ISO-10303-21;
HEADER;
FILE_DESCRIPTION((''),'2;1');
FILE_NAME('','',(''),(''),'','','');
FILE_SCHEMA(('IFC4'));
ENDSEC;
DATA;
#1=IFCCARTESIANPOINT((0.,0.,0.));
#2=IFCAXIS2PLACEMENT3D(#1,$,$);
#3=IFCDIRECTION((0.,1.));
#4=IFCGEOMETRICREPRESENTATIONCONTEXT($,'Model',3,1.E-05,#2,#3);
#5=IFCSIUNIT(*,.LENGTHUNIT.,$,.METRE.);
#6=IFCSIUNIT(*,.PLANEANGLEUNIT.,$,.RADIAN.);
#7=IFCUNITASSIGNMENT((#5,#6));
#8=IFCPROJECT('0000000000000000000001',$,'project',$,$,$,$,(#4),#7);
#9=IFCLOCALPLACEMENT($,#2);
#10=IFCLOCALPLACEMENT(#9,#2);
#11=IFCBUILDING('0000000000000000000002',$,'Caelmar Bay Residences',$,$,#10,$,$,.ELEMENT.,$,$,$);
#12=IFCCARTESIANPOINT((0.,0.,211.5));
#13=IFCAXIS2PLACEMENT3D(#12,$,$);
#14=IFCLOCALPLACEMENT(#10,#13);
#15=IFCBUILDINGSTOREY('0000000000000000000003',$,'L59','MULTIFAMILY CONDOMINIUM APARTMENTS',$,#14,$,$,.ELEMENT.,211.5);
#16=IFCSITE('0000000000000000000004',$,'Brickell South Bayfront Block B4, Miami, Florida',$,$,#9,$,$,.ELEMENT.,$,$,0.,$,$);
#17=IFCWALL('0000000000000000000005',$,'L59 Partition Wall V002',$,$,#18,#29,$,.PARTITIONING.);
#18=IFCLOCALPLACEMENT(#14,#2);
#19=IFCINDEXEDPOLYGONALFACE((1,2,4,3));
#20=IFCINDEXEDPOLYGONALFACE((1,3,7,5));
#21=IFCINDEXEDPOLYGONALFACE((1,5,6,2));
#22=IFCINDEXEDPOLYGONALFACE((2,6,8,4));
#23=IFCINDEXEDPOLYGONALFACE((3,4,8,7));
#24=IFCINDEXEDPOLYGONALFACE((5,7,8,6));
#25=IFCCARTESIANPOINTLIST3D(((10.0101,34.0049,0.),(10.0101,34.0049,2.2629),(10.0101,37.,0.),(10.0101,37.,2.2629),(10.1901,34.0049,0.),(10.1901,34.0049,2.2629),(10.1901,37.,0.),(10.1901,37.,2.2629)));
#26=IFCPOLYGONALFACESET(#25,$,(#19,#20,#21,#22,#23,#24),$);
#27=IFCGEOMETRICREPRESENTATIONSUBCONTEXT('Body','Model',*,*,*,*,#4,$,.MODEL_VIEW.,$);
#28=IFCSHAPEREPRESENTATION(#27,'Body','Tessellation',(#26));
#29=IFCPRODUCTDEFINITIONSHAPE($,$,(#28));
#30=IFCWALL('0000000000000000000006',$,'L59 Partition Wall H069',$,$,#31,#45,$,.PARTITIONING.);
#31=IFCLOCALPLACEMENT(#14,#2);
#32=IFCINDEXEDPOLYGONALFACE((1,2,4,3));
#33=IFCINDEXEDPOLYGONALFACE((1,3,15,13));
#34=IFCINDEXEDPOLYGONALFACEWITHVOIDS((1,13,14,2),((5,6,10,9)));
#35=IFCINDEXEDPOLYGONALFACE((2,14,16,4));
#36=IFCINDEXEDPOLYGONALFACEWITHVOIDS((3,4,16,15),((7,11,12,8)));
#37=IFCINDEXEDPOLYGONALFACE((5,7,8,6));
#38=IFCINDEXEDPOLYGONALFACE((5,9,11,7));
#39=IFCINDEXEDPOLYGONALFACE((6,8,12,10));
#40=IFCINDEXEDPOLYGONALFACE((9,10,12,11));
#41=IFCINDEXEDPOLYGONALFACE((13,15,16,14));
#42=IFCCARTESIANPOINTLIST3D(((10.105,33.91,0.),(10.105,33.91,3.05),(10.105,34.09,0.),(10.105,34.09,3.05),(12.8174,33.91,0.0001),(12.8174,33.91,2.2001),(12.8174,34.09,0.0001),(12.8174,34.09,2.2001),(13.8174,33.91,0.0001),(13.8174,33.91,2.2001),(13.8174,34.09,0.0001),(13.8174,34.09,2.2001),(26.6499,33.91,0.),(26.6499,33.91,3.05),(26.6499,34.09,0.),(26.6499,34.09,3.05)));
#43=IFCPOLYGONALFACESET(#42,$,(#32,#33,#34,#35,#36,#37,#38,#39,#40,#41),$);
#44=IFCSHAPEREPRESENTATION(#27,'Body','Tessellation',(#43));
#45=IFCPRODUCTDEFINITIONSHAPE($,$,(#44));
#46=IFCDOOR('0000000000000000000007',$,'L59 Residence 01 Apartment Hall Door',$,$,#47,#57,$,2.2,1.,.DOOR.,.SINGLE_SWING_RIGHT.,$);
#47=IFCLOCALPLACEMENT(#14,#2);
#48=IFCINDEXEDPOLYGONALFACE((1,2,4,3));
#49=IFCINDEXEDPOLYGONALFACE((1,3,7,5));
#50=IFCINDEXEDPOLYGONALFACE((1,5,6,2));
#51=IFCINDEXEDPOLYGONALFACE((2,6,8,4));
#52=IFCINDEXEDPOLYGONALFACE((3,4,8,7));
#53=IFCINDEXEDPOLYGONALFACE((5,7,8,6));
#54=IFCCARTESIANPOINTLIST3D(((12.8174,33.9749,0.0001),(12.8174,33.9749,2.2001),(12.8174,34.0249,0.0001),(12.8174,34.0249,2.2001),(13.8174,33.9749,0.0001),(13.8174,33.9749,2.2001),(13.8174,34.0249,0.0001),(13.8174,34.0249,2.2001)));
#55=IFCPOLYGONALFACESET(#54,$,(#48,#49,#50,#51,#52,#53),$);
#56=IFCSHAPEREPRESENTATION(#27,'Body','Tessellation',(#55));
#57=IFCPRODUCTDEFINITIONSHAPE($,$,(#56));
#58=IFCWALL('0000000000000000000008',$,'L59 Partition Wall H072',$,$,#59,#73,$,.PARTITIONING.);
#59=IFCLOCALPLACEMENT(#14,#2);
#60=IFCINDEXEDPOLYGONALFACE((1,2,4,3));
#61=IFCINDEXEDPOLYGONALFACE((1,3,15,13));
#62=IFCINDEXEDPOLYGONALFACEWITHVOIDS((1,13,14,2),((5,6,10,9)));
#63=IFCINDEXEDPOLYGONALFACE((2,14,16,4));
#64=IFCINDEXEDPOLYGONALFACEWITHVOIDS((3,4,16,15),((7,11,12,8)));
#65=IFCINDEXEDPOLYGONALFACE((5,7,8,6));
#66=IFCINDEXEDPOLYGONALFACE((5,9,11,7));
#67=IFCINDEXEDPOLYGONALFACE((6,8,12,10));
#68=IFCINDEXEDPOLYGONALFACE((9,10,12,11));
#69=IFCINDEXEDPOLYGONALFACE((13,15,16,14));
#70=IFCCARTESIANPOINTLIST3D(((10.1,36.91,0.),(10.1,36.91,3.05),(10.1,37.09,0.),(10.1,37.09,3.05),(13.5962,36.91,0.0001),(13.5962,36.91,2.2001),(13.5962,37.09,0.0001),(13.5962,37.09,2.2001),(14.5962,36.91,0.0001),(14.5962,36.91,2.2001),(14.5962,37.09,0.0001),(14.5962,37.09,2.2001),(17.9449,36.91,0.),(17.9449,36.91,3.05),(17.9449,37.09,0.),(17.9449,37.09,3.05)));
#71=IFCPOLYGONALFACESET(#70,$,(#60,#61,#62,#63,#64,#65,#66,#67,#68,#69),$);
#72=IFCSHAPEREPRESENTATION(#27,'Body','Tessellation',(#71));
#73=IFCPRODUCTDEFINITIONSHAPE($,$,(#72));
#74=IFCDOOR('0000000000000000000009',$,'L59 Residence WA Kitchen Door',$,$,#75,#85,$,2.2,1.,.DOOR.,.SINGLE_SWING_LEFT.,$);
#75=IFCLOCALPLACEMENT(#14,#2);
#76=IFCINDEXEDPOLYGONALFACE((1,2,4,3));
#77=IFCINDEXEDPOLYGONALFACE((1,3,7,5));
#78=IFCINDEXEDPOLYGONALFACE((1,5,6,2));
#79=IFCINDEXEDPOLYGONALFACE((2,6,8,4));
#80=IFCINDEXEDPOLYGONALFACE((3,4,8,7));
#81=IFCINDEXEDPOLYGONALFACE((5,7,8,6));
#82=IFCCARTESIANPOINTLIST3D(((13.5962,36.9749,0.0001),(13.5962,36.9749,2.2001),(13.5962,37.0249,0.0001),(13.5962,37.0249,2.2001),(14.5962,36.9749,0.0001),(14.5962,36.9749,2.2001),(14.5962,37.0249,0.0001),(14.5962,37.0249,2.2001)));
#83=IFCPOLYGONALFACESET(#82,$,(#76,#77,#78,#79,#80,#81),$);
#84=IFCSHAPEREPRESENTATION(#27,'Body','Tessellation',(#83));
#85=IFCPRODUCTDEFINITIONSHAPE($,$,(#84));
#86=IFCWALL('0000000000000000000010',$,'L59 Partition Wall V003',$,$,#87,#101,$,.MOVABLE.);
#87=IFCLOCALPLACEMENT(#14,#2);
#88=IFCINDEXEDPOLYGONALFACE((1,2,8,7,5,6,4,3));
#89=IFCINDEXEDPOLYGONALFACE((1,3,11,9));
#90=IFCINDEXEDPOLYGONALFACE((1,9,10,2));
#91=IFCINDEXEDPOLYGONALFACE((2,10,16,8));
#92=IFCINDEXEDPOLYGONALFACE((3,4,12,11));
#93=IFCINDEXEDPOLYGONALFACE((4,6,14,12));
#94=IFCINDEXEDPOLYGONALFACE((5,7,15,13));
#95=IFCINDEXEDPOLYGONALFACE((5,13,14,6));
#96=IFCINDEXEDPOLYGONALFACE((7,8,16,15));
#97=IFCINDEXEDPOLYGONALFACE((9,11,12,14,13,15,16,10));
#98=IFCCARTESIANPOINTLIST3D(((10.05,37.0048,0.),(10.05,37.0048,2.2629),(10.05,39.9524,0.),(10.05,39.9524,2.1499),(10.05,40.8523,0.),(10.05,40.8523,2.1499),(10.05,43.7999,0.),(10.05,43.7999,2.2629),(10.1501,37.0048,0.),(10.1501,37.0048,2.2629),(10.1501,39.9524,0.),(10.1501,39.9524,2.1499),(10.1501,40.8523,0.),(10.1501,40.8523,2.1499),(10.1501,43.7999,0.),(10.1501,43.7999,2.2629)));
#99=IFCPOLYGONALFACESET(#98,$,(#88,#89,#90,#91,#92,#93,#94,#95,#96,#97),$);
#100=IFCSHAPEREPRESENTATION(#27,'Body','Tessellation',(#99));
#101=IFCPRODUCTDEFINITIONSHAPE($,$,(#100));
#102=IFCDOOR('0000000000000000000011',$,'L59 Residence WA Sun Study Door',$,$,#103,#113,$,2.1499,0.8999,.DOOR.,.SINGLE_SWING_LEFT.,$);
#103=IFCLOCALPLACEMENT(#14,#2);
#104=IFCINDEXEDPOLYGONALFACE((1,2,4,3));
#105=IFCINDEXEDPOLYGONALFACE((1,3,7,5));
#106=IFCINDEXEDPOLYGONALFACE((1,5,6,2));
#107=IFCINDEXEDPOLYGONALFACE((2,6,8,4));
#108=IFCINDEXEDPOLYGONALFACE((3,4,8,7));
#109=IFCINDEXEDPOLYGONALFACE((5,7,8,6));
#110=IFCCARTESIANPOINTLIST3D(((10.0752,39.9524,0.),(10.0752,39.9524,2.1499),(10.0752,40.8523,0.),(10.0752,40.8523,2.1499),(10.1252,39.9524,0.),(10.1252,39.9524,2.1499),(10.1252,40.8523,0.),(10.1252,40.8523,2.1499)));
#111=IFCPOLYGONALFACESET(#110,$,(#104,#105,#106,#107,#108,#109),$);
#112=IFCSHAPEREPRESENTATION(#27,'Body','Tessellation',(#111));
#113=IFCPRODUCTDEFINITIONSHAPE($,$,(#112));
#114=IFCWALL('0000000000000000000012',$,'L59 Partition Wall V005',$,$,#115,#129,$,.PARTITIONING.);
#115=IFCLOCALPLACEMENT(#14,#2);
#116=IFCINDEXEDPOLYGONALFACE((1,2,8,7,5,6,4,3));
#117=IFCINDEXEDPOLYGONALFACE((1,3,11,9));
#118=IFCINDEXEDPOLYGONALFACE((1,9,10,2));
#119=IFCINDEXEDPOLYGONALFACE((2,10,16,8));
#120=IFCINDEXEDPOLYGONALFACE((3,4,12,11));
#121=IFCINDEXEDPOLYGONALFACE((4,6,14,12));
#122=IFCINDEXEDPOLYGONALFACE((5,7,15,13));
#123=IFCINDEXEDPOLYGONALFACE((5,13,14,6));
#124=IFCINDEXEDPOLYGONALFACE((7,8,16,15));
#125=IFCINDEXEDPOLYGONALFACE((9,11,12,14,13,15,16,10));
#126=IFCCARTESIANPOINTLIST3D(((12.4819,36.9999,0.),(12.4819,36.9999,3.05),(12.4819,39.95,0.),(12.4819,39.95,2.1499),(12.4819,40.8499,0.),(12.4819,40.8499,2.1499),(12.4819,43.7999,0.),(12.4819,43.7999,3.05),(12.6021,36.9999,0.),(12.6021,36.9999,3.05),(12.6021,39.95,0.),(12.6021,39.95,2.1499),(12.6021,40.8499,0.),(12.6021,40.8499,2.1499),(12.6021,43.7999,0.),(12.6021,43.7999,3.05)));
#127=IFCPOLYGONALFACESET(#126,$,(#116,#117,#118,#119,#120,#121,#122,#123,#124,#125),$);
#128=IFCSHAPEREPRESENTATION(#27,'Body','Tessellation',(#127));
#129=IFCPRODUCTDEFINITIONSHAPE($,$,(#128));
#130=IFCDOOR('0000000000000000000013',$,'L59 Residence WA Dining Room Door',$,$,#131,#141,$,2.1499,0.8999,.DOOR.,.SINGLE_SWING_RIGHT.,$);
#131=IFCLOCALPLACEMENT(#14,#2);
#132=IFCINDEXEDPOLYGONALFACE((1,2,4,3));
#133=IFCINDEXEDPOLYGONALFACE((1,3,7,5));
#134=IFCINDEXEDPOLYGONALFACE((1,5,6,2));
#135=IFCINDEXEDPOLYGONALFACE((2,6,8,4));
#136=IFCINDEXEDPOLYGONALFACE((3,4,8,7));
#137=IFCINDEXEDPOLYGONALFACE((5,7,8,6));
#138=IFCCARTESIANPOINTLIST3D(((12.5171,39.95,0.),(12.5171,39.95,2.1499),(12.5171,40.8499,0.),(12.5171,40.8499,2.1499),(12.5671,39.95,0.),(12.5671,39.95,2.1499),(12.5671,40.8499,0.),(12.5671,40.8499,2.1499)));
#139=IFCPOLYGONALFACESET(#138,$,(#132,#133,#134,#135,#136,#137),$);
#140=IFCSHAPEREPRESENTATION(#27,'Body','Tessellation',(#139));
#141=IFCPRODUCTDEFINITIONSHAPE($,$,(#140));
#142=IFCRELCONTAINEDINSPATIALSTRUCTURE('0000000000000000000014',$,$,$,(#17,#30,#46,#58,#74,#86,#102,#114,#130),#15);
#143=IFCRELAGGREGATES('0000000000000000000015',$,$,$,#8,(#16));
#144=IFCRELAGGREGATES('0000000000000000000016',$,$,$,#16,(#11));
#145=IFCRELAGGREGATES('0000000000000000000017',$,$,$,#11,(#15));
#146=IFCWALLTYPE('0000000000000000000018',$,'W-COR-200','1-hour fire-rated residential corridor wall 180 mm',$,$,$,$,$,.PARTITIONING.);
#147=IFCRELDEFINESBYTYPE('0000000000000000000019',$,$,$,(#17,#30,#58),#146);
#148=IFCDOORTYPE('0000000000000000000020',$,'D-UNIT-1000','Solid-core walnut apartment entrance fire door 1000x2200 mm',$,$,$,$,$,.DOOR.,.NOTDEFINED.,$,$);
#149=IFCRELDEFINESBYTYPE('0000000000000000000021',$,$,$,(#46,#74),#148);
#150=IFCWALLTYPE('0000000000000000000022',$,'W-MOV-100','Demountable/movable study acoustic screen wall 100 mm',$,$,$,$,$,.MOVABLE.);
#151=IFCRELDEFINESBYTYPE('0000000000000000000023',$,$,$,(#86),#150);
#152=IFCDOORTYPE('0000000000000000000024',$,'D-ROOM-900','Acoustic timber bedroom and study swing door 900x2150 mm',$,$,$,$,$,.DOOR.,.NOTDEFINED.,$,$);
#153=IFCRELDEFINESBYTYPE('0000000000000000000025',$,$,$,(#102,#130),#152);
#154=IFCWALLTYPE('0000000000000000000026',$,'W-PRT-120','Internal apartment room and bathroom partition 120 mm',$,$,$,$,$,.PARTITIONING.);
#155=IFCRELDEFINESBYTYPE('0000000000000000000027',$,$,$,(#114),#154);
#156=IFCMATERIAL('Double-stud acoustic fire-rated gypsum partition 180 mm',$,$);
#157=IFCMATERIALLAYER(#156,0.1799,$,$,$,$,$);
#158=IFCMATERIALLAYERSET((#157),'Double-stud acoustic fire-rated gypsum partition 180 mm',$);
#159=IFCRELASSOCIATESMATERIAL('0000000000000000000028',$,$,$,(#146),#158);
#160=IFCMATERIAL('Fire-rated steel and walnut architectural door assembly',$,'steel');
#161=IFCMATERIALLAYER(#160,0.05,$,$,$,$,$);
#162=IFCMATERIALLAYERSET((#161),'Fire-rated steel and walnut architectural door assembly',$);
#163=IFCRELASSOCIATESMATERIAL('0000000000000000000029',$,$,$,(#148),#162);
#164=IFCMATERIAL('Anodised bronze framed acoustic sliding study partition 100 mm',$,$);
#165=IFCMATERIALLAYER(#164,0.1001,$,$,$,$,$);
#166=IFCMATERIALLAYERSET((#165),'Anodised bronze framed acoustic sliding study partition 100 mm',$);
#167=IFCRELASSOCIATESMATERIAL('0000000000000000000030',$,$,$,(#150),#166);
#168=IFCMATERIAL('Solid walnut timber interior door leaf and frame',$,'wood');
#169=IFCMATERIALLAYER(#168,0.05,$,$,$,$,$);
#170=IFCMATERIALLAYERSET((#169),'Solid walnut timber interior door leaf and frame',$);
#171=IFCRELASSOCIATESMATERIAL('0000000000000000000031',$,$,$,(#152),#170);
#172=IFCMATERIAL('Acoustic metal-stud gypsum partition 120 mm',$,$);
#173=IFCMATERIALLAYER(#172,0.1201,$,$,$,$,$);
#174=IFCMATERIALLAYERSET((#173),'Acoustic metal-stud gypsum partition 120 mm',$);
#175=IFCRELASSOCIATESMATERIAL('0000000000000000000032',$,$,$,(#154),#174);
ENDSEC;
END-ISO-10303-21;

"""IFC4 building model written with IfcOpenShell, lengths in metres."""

from ifc_helpers import new_model, si_unit, direction, frame, frame_2d, origin, place, context, subcontext, project, spatial, rectangle, extrude, material, layer, layer_set, type_object, element, fill, save


model = new_model("IFC4")

# Units and contexts
model_context = context("Model", 3, precision=1e-05, world=origin(), true_north=direction((0.0, 1.0)))
body_context = subcontext(model_context, "Body", "Model", "MODEL_VIEW")
ifc_project = project(units=[si_unit("LENGTHUNIT", "METRE"), si_unit("PLANEANGLEUNIT", "RADIAN")], contexts=[model_context])

# Site, building, storey
site_placement = place(None, origin())
site = spatial("IfcSite", under=ifc_project, at=site_placement, Name="Brickell South Bayfront Block B4, Miami, Florida", CompositionType="ELEMENT", RefElevation=0.0)
building_placement = place(site_placement, origin())
building = spatial("IfcBuilding", under=site, at=building_placement, Name="Caelmar Bay Residences", CompositionType="ELEMENT")
storey_placement = place(building_placement, frame((0.0, 0.0, 211.5)))
storey = spatial("IfcBuildingStorey", under=building, at=storey_placement, Name="L59", Description="MULTIFAMILY CONDOMINIUM APARTMENTS", CompositionType="ELEMENT", Elevation=211.5)

# Shared definitions
ifc_material_1 = material(Name="Fire-rated steel and walnut architectural door assembly", Category="steel")

# Wall
ifc_material_2 = material(Name="Double-stud acoustic fire-rated gypsum partition 180 mm")
ifc_layer_1 = layer(ifc_material_2, 0.1799)
ifc_layer_set_1 = layer_set([ifc_layer_1], Name="Double-stud acoustic fire-rated gypsum partition 180 mm")
wall_type_1 = type_object("IfcWallType", Name="W-COR-200", Description="1-hour fire-rated residential corridor wall 180 mm", PredefinedType="PARTITIONING", material=ifc_layer_set_1)
wall_1_placement = place(storey_placement, frame((10.1001, 34.0049, 0.0), z_axis=(0.0, 0.0, 1.0), x_axis=(0.0, 1.0, 0.0)))
element("IfcWall", 1, at=wall_1_placement, inside=storey, type_object=wall_type_1, Name="L59 Partition Wall V002", PredefinedType="PARTITIONING", context=body_context, shape_type="SweptSolid", body=[
    extrude(rectangle(XDim=2.9951, YDim=0.1799, at=frame_2d((1.4976, 0.0))), origin(), (0.0, 0.0, 1.0), 2.2629),
])

# Walls, openings, doors
wall_2_placement = place(storey_placement, frame((10.105, 34.0, 0.0), z_axis=(0.0, 0.0, 1.0), x_axis=(1.0, 0.0, 0.0)))
wall_2 = element("IfcWall", 2, at=wall_2_placement, inside=storey, type_object=wall_type_1, Name="L59 Partition Wall H069", PredefinedType="PARTITIONING", context=body_context, shape_type="SweptSolid", body=[
    extrude(rectangle(XDim=16.5449, YDim=0.1799, at=frame_2d((8.2725, 0.0))), origin(), (0.0, 0.0, 1.0), 3.05),
])
opening_1_placement = place(wall_2_placement, frame((2.7124, 0.0, 0.0)))
opening_1 = element("IfcOpeningElement", 3, at=opening_1_placement, cuts=wall_2, PredefinedType="OPENING", context=body_context, shape_type="SweptSolid", body=[
    extrude(rectangle(XDim=1.0, YDim=2.2, at=frame_2d((0.5, 1.1001))), frame((0.0, 0.0999, 0.0), z_axis=(0.0, -1.0, 0.0), x_axis=(1.0, 0.0, 0.0)), (0.0, 0.0, 1.0), 0.2),
])
ifc_layer_2 = layer(ifc_material_1, 0.05)
ifc_layer_set_2 = layer_set([ifc_layer_2], Name="Fire-rated steel and walnut architectural door assembly")
door_type_1 = type_object("IfcDoorType", Name="D-UNIT-1000", Description="Solid-core walnut apartment entrance fire door 1000x2200 mm", OperationType="NOTDEFINED", PredefinedType="DOOR", material=ifc_layer_set_2)
door_1_placement = place(opening_1_placement, origin())
door_1 = element("IfcDoor", 4, at=door_1_placement, inside=storey, type_object=door_type_1, Name="L59 Residence 01 Apartment Hall Door", OperationType="SINGLE_SWING_RIGHT", OverallHeight=2.2, OverallWidth=1.0, PredefinedType="DOOR", context=body_context, shape_type="SweptSolid", body=[
    extrude(rectangle(XDim=1.0, YDim=2.2, at=frame_2d((0.5, 1.1001))), frame((0.0, 0.0249, 0.0), z_axis=(0.0, -1.0, 0.0), x_axis=(1.0, 0.0, 0.0)), (0.0, 0.0, 1.0), 0.05),
])
fill(opening_1, door_1)
wall_3_placement = place(storey_placement, frame((10.1001, 37.0, 0.0), z_axis=(0.0, 0.0, 1.0), x_axis=(1.0, 0.0, 0.0)))
wall_3 = element("IfcWall", 5, at=wall_3_placement, inside=storey, type_object=wall_type_1, Name="L59 Partition Wall H072", PredefinedType="PARTITIONING", context=body_context, shape_type="SweptSolid", body=[
    extrude(rectangle(XDim=7.845, YDim=0.1799, at=frame_2d((3.9224, 0.0))), origin(), (0.0, 0.0, 1.0), 3.05),
])
opening_2_placement = place(wall_3_placement, frame((3.4961, 0.0, 0.0)))
opening_2 = element("IfcOpeningElement", 6, at=opening_2_placement, cuts=wall_3, PredefinedType="OPENING", context=body_context, shape_type="SweptSolid", body=[
    extrude(rectangle(XDim=1.0, YDim=2.2, at=frame_2d((0.5, 1.1001))), frame((0.0, 0.0999, 0.0), z_axis=(0.0, -1.0, 0.0), x_axis=(1.0, 0.0, 0.0)), (0.0, 0.0, 1.0), 0.2),
])
door_2_placement = place(opening_2_placement, origin())
door_2 = element("IfcDoor", 7, at=door_2_placement, inside=storey, type_object=door_type_1, Name="L59 Residence WA Kitchen Door", OperationType="SINGLE_SWING_LEFT", OverallHeight=2.2, OverallWidth=1.0, PredefinedType="DOOR", context=body_context, shape_type="SweptSolid", body=[
    extrude(rectangle(XDim=1.0, YDim=2.2, at=frame_2d((0.5, 1.1001))), frame((0.0, 0.0249, 0.0), z_axis=(0.0, -1.0, 0.0), x_axis=(1.0, 0.0, 0.0)), (0.0, 0.0, 1.0), 0.05),
])
fill(opening_2, door_2)
ifc_material_3 = material(Name="Anodised bronze framed acoustic sliding study partition 100 mm")
ifc_layer_3 = layer(ifc_material_3, 0.1001)
ifc_layer_set_3 = layer_set([ifc_layer_3], Name="Anodised bronze framed acoustic sliding study partition 100 mm")
wall_type_2 = type_object("IfcWallType", Name="W-MOV-100", Description="Demountable/movable study acoustic screen wall 100 mm", PredefinedType="MOVABLE", material=ifc_layer_set_3)
wall_4_placement = place(storey_placement, frame((10.1001, 37.0049, 0.0), z_axis=(0.0, 0.0, 1.0), x_axis=(0.0, 1.0, 0.0)))
wall_4 = element("IfcWall", 8, at=wall_4_placement, inside=storey, type_object=wall_type_2, Name="L59 Partition Wall V003", PredefinedType="MOVABLE", context=body_context, shape_type="SweptSolid", body=[
    extrude(rectangle(XDim=6.7952, YDim=0.1001, at=frame_2d((3.3975, 0.0))), origin(), (0.0, 0.0, 1.0), 2.2629),
])
opening_3_placement = place(wall_4_placement, frame((2.9475, 0.0, 0.0)))
opening_3 = element("IfcOpeningElement", 9, at=opening_3_placement, cuts=wall_4, PredefinedType="OPENING", context=body_context, shape_type="SweptSolid", body=[
    extrude(rectangle(XDim=0.8999, YDim=2.1499, at=frame_2d((0.45, 1.075))), frame((0.0, 0.0601, 0.0), z_axis=(0.0, -1.0, 0.0), x_axis=(1.0, 0.0, 0.0)), (0.0, 0.0, 1.0), 0.1201),
])
ifc_material_4 = material(Name="Solid walnut timber interior door leaf and frame", Category="wood")
ifc_layer_4 = layer(ifc_material_4, 0.05)
ifc_layer_set_4 = layer_set([ifc_layer_4], Name="Solid walnut timber interior door leaf and frame")
door_type_2 = type_object("IfcDoorType", Name="D-ROOM-900", Description="Acoustic timber bedroom and study swing door 900x2150 mm", OperationType="NOTDEFINED", PredefinedType="DOOR", material=ifc_layer_set_4)
door_3_placement = place(opening_3_placement, origin())
door_3 = element("IfcDoor", 10, at=door_3_placement, inside=storey, type_object=door_type_2, Name="L59 Residence WA Sun Study Door", OperationType="SINGLE_SWING_LEFT", OverallHeight=2.1499, OverallWidth=0.8999, PredefinedType="DOOR", context=body_context, shape_type="SweptSolid", body=[
    extrude(rectangle(XDim=0.8999, YDim=2.1499, at=frame_2d((0.45, 1.075))), frame((0.0, 0.0249, 0.0), z_axis=(0.0, -1.0, 0.0), x_axis=(1.0, 0.0, 0.0)), (0.0, 0.0, 1.0), 0.05),
])
fill(opening_3, door_3)
ifc_material_5 = material(Name="Acoustic metal-stud gypsum partition 120 mm")
ifc_layer_5 = layer(ifc_material_5, 0.1201)
ifc_layer_set_5 = layer_set([ifc_layer_5], Name="Acoustic metal-stud gypsum partition 120 mm")
wall_type_3 = type_object("IfcWallType", Name="W-PRT-120", Description="Internal apartment room and bathroom partition 120 mm", PredefinedType="PARTITIONING", material=ifc_layer_set_5)
wall_5_placement = place(storey_placement, frame((12.542, 37.0, 0.0), z_axis=(0.0, 0.0, 1.0), x_axis=(0.0, 1.0, 0.0)))
wall_5 = element("IfcWall", 11, at=wall_5_placement, inside=storey, type_object=wall_type_3, Name="L59 Partition Wall V005", PredefinedType="PARTITIONING", context=body_context, shape_type="SweptSolid", body=[
    extrude(rectangle(XDim=6.8, YDim=0.1201, at=frame_2d((3.3999, 0.0))), origin(), (0.0, 0.0, 1.0), 3.05),
])
opening_4_placement = place(wall_5_placement, frame((2.95, 0.0, 0.0)))
opening_4 = element("IfcOpeningElement", 12, at=opening_4_placement, cuts=wall_5, PredefinedType="OPENING", context=body_context, shape_type="SweptSolid", body=[
    extrude(rectangle(XDim=0.8999, YDim=2.1499, at=frame_2d((0.45, 1.075))), frame((0.0, 0.0701, 0.0), z_axis=(0.0, -1.0, 0.0), x_axis=(1.0, 0.0, 0.0)), (0.0, 0.0, 1.0), 0.1401),
])
door_4_placement = place(opening_4_placement, origin())
door_4 = element("IfcDoor", 13, at=door_4_placement, inside=storey, type_object=door_type_2, Name="L59 Residence WA Dining Room Door", OperationType="SINGLE_SWING_RIGHT", OverallHeight=2.1499, OverallWidth=0.8999, PredefinedType="DOOR", context=body_context, shape_type="SweptSolid", body=[
    extrude(rectangle(XDim=0.8999, YDim=2.1499, at=frame_2d((0.45, 1.075))), frame((0.0, 0.0249, 0.0), z_axis=(0.0, -1.0, 0.0), x_axis=(1.0, 0.0, 0.0)), (0.0, 0.0, 1.0), 0.05),
])
fill(opening_4, door_4)

save(model, "model.ifc")
